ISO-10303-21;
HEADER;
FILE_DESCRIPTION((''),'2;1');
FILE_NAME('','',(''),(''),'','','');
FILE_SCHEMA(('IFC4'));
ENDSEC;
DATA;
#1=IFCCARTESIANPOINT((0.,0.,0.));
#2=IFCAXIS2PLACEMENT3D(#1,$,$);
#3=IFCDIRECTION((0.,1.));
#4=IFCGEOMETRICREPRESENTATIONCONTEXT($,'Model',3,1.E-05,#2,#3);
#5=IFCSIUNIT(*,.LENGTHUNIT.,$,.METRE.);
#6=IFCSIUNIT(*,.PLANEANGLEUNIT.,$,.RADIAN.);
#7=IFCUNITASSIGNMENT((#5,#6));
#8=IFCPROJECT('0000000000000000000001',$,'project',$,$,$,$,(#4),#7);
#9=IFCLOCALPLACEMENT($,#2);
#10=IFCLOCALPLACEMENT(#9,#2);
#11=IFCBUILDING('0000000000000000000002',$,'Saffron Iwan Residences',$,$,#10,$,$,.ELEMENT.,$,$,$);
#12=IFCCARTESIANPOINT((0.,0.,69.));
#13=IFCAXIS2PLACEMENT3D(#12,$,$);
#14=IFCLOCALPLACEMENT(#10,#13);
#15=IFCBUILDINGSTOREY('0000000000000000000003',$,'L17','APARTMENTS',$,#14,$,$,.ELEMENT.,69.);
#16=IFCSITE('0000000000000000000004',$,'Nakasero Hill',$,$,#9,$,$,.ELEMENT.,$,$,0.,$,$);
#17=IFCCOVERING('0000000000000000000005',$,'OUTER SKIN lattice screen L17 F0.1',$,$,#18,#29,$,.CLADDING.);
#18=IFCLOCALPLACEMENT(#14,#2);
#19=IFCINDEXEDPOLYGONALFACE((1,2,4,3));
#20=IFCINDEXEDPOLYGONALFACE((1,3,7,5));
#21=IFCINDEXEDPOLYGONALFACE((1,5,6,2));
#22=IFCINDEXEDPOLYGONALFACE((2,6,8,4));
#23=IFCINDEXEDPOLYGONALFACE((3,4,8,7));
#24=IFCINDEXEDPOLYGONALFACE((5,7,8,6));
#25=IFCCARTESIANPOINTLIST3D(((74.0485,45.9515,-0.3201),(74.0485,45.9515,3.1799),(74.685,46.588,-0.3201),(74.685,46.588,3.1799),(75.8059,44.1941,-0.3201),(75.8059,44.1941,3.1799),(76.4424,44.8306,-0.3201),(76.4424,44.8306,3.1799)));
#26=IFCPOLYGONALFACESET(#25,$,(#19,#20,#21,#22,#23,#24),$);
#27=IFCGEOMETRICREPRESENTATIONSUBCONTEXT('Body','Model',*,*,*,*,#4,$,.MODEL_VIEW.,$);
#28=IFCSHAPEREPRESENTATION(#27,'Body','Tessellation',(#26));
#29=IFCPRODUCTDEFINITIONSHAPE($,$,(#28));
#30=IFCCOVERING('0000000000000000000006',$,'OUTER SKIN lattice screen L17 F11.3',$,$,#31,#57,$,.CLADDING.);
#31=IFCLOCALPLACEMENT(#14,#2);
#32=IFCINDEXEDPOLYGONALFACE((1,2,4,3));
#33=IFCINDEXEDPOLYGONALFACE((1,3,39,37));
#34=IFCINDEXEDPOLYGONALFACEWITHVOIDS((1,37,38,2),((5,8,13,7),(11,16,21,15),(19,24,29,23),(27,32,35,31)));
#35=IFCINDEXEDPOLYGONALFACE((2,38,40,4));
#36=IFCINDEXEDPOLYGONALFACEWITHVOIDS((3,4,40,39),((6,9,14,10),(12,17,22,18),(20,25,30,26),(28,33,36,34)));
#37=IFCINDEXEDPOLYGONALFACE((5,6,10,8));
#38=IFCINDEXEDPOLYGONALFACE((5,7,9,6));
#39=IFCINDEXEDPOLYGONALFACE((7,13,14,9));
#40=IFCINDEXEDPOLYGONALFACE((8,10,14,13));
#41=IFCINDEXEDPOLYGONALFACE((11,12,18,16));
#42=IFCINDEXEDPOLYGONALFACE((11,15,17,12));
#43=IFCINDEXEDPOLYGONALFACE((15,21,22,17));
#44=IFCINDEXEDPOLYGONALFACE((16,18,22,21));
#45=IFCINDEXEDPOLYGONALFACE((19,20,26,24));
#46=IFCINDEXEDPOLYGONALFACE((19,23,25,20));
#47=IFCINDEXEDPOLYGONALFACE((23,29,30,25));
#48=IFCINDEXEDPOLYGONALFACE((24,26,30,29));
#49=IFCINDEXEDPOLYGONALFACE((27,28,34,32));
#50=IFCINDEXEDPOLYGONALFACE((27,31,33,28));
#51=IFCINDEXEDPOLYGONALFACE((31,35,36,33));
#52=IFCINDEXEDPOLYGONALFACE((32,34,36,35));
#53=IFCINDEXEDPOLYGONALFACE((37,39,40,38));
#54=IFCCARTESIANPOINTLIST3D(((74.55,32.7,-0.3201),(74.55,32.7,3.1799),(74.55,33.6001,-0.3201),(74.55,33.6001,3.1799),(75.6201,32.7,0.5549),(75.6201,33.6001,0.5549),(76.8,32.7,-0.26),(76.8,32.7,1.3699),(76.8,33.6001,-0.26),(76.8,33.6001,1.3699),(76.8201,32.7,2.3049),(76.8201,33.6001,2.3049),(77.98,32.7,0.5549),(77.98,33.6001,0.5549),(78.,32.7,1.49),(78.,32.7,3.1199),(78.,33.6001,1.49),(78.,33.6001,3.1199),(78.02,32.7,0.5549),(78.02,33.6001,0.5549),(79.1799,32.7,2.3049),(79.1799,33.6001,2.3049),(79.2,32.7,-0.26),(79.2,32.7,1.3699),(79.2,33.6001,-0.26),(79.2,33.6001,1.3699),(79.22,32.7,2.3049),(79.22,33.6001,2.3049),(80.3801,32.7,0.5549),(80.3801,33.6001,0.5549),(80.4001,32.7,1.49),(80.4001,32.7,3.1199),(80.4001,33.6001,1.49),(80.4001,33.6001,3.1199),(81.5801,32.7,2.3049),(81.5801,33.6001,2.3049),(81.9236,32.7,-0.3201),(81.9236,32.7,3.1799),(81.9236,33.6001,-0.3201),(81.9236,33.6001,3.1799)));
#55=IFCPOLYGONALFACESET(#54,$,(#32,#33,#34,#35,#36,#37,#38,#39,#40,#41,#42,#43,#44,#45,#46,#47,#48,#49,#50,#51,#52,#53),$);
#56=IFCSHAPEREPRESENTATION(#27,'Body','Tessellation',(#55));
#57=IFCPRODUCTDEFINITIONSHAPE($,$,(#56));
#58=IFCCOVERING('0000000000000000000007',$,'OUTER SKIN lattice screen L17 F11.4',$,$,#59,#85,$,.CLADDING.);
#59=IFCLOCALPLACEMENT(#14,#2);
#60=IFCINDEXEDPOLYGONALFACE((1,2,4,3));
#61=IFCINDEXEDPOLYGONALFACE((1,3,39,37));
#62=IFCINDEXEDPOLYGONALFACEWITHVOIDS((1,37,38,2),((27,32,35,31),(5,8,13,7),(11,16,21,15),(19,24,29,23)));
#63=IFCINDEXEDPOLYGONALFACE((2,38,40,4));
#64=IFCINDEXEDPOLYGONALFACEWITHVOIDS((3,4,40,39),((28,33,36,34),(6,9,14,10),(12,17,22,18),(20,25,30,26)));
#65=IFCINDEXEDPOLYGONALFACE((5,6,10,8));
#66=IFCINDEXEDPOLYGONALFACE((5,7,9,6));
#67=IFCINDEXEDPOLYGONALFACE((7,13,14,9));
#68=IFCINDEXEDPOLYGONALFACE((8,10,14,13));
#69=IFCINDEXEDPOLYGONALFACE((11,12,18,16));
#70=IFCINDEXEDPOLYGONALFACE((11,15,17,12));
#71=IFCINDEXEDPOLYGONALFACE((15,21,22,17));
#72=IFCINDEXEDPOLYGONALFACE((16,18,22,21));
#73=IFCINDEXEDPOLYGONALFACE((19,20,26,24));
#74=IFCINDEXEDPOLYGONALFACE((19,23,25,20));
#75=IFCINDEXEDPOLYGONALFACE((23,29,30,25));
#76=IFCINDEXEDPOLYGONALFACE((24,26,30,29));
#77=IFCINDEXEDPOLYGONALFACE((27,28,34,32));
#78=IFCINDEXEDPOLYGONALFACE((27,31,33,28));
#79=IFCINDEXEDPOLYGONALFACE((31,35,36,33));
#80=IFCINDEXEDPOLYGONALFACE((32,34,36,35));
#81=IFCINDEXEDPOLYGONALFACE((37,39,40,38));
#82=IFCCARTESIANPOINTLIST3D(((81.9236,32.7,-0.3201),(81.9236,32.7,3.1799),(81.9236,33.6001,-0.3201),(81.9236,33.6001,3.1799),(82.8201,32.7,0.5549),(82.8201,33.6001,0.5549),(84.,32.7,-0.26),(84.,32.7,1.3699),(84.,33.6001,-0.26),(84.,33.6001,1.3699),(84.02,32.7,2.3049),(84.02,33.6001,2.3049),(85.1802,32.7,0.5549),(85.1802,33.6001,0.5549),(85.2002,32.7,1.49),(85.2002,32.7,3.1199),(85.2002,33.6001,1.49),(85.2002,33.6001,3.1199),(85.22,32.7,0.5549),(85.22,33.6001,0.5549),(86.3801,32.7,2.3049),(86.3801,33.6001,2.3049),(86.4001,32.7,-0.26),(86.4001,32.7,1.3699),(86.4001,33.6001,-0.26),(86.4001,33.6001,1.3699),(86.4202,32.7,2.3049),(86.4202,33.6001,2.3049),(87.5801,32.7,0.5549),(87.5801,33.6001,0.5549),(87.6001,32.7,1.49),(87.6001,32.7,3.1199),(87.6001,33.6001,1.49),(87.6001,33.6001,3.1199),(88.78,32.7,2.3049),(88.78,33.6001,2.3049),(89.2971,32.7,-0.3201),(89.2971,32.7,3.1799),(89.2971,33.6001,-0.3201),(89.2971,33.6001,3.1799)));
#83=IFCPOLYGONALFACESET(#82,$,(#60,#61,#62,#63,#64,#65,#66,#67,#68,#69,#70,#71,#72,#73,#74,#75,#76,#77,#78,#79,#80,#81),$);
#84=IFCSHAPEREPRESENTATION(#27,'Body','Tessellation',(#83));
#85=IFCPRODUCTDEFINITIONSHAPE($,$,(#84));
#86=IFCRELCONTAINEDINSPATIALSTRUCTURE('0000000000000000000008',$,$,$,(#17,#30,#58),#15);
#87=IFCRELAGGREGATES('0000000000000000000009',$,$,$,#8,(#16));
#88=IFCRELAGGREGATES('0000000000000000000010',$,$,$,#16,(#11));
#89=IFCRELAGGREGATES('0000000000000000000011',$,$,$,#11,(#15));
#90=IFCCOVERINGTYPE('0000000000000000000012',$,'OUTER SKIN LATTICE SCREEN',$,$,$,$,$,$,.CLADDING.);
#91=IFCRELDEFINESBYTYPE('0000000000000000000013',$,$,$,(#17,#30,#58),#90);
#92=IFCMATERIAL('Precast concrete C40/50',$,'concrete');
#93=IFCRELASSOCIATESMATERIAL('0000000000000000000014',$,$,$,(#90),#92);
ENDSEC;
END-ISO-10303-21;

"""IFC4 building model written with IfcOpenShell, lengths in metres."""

from ifc_helpers import new_model, si_unit, direction, frame, origin, place, context, subcontext, project, spatial, polyline, outline, extrude, material, type_object, element, save


model = new_model("IFC4")

# Units and contexts
model_context = context("Model", 3, precision=1e-05, world=origin(), true_north=direction((0.0, 1.0)))
body_context = subcontext(model_context, "Body", "Model", "MODEL_VIEW")
ifc_project = project(units=[si_unit("LENGTHUNIT", "METRE"), si_unit("PLANEANGLEUNIT", "RADIAN")], contexts=[model_context])

# Site, building, storey
site_placement = place(None, origin())
site = spatial("IfcSite", under=ifc_project, at=site_placement, Name="Nakasero Hill", CompositionType="ELEMENT", RefElevation=0.0)
building_placement = place(site_placement, origin())
building = spatial("IfcBuilding", under=site, at=building_placement, Name="Saffron Iwan Residences", CompositionType="ELEMENT")
storey_placement = place(building_placement, frame((0.0, 0.0, 69.0)))
storey = spatial("IfcBuildingStorey", under=building, at=storey_placement, Name="L17", Description="APARTMENTS", CompositionType="ELEMENT", Elevation=69.0)

# Coverings
ifc_material_1 = material(Name="Precast concrete C40/50", Category="concrete")
covering_type = type_object("IfcCoveringType", Name="OUTER SKIN LATTICE SCREEN", PredefinedType="CLADDING", material=ifc_material_1)
covering_1_placement = place(storey_placement, frame((75.8059, 44.1941, -0.3201), z_axis=(0.707107, 0.707107, 0.0), x_axis=(-0.707107, 0.707107, 0.0)))
element("IfcCovering", 1, at=covering_1_placement, inside=storey, type_object=covering_type, Name="OUTER SKIN lattice screen L17 F0.1", PredefinedType="CLADDING", context=body_context, shape_type="SweptSolid", body=[
    extrude(outline(polyline([(0.0, 0.0), (2.4854, 0.0), (2.4854, 3.5), (0.0, 3.5), (0.0, 0.0)])), origin(), (0.0, 0.0, 1.0), 0.9001),
])
covering_2_placement = place(storey_placement, frame((74.55, 33.6001, -0.3201), z_axis=(0.0, -1.0, 0.0), x_axis=(1.0, 0.0, 0.0)))
element("IfcCovering", 2, at=covering_2_placement, inside=storey, type_object=covering_type, Name="OUTER SKIN lattice screen L17 F11.3", PredefinedType="CLADDING", context=body_context, shape_type="SweptSolid", body=[
    extrude(outline(polyline([(0.0, 0.0), (7.3735, 0.0), (7.3735, 3.5), (0.0, 3.5), (0.0, 0.0)]), holes=[polyline([(1.0701, 0.875), (2.25, 0.0601), (3.4299, 0.875), (2.25, 1.6899), (1.0701, 0.875)]), polyline([(3.47, 0.875), (4.6499, 0.0601), (5.8301, 0.875), (4.6499, 1.6899), (3.47, 0.875)]), polyline([(2.27, 2.625), (3.45, 1.8101), (4.6299, 2.625), (3.45, 3.4399), (2.27, 2.625)]), polyline([(4.6699, 2.625), (5.8501, 1.8101), (7.03, 2.625), (5.8501, 3.4399), (4.6699, 2.625)])]), origin(), (0.0, 0.0, 1.0), 0.9001),
])
covering_3_placement = place(storey_placement, frame((81.9236, 33.6001, -0.3201), z_axis=(0.0, -1.0, 0.0), x_axis=(1.0, 0.0, 0.0)))
element("IfcCovering", 3, at=covering_3_placement, inside=storey, type_object=covering_type, Name="OUTER SKIN lattice screen L17 F11.4", PredefinedType="CLADDING", context=body_context, shape_type="SweptSolid", body=[
    extrude(outline(polyline([(0.0, 0.0), (7.3735, 0.0), (7.3735, 3.5), (0.0, 3.5), (0.0, 0.0)]), holes=[polyline([(0.8965, 0.875), (2.0764, 0.0601), (3.2566, 0.875), (2.0764, 1.6899), (0.8965, 0.875)]), polyline([(3.2964, 0.875), (4.4766, 0.0601), (5.6565, 0.875), (4.4766, 1.6899), (3.2964, 0.875)]), polyline([(2.0964, 2.625), (3.2766, 1.8101), (4.4565, 2.625), (3.2766, 3.4399), (2.0964, 2.625)]), polyline([(4.4966, 2.625), (5.6765, 1.8101), (6.8564, 2.625), (5.6765, 3.4399), (4.4966, 2.625)])]), origin(), (0.0, 0.0, 1.0), 0.9001),
])

save(model, "model.ifc")
